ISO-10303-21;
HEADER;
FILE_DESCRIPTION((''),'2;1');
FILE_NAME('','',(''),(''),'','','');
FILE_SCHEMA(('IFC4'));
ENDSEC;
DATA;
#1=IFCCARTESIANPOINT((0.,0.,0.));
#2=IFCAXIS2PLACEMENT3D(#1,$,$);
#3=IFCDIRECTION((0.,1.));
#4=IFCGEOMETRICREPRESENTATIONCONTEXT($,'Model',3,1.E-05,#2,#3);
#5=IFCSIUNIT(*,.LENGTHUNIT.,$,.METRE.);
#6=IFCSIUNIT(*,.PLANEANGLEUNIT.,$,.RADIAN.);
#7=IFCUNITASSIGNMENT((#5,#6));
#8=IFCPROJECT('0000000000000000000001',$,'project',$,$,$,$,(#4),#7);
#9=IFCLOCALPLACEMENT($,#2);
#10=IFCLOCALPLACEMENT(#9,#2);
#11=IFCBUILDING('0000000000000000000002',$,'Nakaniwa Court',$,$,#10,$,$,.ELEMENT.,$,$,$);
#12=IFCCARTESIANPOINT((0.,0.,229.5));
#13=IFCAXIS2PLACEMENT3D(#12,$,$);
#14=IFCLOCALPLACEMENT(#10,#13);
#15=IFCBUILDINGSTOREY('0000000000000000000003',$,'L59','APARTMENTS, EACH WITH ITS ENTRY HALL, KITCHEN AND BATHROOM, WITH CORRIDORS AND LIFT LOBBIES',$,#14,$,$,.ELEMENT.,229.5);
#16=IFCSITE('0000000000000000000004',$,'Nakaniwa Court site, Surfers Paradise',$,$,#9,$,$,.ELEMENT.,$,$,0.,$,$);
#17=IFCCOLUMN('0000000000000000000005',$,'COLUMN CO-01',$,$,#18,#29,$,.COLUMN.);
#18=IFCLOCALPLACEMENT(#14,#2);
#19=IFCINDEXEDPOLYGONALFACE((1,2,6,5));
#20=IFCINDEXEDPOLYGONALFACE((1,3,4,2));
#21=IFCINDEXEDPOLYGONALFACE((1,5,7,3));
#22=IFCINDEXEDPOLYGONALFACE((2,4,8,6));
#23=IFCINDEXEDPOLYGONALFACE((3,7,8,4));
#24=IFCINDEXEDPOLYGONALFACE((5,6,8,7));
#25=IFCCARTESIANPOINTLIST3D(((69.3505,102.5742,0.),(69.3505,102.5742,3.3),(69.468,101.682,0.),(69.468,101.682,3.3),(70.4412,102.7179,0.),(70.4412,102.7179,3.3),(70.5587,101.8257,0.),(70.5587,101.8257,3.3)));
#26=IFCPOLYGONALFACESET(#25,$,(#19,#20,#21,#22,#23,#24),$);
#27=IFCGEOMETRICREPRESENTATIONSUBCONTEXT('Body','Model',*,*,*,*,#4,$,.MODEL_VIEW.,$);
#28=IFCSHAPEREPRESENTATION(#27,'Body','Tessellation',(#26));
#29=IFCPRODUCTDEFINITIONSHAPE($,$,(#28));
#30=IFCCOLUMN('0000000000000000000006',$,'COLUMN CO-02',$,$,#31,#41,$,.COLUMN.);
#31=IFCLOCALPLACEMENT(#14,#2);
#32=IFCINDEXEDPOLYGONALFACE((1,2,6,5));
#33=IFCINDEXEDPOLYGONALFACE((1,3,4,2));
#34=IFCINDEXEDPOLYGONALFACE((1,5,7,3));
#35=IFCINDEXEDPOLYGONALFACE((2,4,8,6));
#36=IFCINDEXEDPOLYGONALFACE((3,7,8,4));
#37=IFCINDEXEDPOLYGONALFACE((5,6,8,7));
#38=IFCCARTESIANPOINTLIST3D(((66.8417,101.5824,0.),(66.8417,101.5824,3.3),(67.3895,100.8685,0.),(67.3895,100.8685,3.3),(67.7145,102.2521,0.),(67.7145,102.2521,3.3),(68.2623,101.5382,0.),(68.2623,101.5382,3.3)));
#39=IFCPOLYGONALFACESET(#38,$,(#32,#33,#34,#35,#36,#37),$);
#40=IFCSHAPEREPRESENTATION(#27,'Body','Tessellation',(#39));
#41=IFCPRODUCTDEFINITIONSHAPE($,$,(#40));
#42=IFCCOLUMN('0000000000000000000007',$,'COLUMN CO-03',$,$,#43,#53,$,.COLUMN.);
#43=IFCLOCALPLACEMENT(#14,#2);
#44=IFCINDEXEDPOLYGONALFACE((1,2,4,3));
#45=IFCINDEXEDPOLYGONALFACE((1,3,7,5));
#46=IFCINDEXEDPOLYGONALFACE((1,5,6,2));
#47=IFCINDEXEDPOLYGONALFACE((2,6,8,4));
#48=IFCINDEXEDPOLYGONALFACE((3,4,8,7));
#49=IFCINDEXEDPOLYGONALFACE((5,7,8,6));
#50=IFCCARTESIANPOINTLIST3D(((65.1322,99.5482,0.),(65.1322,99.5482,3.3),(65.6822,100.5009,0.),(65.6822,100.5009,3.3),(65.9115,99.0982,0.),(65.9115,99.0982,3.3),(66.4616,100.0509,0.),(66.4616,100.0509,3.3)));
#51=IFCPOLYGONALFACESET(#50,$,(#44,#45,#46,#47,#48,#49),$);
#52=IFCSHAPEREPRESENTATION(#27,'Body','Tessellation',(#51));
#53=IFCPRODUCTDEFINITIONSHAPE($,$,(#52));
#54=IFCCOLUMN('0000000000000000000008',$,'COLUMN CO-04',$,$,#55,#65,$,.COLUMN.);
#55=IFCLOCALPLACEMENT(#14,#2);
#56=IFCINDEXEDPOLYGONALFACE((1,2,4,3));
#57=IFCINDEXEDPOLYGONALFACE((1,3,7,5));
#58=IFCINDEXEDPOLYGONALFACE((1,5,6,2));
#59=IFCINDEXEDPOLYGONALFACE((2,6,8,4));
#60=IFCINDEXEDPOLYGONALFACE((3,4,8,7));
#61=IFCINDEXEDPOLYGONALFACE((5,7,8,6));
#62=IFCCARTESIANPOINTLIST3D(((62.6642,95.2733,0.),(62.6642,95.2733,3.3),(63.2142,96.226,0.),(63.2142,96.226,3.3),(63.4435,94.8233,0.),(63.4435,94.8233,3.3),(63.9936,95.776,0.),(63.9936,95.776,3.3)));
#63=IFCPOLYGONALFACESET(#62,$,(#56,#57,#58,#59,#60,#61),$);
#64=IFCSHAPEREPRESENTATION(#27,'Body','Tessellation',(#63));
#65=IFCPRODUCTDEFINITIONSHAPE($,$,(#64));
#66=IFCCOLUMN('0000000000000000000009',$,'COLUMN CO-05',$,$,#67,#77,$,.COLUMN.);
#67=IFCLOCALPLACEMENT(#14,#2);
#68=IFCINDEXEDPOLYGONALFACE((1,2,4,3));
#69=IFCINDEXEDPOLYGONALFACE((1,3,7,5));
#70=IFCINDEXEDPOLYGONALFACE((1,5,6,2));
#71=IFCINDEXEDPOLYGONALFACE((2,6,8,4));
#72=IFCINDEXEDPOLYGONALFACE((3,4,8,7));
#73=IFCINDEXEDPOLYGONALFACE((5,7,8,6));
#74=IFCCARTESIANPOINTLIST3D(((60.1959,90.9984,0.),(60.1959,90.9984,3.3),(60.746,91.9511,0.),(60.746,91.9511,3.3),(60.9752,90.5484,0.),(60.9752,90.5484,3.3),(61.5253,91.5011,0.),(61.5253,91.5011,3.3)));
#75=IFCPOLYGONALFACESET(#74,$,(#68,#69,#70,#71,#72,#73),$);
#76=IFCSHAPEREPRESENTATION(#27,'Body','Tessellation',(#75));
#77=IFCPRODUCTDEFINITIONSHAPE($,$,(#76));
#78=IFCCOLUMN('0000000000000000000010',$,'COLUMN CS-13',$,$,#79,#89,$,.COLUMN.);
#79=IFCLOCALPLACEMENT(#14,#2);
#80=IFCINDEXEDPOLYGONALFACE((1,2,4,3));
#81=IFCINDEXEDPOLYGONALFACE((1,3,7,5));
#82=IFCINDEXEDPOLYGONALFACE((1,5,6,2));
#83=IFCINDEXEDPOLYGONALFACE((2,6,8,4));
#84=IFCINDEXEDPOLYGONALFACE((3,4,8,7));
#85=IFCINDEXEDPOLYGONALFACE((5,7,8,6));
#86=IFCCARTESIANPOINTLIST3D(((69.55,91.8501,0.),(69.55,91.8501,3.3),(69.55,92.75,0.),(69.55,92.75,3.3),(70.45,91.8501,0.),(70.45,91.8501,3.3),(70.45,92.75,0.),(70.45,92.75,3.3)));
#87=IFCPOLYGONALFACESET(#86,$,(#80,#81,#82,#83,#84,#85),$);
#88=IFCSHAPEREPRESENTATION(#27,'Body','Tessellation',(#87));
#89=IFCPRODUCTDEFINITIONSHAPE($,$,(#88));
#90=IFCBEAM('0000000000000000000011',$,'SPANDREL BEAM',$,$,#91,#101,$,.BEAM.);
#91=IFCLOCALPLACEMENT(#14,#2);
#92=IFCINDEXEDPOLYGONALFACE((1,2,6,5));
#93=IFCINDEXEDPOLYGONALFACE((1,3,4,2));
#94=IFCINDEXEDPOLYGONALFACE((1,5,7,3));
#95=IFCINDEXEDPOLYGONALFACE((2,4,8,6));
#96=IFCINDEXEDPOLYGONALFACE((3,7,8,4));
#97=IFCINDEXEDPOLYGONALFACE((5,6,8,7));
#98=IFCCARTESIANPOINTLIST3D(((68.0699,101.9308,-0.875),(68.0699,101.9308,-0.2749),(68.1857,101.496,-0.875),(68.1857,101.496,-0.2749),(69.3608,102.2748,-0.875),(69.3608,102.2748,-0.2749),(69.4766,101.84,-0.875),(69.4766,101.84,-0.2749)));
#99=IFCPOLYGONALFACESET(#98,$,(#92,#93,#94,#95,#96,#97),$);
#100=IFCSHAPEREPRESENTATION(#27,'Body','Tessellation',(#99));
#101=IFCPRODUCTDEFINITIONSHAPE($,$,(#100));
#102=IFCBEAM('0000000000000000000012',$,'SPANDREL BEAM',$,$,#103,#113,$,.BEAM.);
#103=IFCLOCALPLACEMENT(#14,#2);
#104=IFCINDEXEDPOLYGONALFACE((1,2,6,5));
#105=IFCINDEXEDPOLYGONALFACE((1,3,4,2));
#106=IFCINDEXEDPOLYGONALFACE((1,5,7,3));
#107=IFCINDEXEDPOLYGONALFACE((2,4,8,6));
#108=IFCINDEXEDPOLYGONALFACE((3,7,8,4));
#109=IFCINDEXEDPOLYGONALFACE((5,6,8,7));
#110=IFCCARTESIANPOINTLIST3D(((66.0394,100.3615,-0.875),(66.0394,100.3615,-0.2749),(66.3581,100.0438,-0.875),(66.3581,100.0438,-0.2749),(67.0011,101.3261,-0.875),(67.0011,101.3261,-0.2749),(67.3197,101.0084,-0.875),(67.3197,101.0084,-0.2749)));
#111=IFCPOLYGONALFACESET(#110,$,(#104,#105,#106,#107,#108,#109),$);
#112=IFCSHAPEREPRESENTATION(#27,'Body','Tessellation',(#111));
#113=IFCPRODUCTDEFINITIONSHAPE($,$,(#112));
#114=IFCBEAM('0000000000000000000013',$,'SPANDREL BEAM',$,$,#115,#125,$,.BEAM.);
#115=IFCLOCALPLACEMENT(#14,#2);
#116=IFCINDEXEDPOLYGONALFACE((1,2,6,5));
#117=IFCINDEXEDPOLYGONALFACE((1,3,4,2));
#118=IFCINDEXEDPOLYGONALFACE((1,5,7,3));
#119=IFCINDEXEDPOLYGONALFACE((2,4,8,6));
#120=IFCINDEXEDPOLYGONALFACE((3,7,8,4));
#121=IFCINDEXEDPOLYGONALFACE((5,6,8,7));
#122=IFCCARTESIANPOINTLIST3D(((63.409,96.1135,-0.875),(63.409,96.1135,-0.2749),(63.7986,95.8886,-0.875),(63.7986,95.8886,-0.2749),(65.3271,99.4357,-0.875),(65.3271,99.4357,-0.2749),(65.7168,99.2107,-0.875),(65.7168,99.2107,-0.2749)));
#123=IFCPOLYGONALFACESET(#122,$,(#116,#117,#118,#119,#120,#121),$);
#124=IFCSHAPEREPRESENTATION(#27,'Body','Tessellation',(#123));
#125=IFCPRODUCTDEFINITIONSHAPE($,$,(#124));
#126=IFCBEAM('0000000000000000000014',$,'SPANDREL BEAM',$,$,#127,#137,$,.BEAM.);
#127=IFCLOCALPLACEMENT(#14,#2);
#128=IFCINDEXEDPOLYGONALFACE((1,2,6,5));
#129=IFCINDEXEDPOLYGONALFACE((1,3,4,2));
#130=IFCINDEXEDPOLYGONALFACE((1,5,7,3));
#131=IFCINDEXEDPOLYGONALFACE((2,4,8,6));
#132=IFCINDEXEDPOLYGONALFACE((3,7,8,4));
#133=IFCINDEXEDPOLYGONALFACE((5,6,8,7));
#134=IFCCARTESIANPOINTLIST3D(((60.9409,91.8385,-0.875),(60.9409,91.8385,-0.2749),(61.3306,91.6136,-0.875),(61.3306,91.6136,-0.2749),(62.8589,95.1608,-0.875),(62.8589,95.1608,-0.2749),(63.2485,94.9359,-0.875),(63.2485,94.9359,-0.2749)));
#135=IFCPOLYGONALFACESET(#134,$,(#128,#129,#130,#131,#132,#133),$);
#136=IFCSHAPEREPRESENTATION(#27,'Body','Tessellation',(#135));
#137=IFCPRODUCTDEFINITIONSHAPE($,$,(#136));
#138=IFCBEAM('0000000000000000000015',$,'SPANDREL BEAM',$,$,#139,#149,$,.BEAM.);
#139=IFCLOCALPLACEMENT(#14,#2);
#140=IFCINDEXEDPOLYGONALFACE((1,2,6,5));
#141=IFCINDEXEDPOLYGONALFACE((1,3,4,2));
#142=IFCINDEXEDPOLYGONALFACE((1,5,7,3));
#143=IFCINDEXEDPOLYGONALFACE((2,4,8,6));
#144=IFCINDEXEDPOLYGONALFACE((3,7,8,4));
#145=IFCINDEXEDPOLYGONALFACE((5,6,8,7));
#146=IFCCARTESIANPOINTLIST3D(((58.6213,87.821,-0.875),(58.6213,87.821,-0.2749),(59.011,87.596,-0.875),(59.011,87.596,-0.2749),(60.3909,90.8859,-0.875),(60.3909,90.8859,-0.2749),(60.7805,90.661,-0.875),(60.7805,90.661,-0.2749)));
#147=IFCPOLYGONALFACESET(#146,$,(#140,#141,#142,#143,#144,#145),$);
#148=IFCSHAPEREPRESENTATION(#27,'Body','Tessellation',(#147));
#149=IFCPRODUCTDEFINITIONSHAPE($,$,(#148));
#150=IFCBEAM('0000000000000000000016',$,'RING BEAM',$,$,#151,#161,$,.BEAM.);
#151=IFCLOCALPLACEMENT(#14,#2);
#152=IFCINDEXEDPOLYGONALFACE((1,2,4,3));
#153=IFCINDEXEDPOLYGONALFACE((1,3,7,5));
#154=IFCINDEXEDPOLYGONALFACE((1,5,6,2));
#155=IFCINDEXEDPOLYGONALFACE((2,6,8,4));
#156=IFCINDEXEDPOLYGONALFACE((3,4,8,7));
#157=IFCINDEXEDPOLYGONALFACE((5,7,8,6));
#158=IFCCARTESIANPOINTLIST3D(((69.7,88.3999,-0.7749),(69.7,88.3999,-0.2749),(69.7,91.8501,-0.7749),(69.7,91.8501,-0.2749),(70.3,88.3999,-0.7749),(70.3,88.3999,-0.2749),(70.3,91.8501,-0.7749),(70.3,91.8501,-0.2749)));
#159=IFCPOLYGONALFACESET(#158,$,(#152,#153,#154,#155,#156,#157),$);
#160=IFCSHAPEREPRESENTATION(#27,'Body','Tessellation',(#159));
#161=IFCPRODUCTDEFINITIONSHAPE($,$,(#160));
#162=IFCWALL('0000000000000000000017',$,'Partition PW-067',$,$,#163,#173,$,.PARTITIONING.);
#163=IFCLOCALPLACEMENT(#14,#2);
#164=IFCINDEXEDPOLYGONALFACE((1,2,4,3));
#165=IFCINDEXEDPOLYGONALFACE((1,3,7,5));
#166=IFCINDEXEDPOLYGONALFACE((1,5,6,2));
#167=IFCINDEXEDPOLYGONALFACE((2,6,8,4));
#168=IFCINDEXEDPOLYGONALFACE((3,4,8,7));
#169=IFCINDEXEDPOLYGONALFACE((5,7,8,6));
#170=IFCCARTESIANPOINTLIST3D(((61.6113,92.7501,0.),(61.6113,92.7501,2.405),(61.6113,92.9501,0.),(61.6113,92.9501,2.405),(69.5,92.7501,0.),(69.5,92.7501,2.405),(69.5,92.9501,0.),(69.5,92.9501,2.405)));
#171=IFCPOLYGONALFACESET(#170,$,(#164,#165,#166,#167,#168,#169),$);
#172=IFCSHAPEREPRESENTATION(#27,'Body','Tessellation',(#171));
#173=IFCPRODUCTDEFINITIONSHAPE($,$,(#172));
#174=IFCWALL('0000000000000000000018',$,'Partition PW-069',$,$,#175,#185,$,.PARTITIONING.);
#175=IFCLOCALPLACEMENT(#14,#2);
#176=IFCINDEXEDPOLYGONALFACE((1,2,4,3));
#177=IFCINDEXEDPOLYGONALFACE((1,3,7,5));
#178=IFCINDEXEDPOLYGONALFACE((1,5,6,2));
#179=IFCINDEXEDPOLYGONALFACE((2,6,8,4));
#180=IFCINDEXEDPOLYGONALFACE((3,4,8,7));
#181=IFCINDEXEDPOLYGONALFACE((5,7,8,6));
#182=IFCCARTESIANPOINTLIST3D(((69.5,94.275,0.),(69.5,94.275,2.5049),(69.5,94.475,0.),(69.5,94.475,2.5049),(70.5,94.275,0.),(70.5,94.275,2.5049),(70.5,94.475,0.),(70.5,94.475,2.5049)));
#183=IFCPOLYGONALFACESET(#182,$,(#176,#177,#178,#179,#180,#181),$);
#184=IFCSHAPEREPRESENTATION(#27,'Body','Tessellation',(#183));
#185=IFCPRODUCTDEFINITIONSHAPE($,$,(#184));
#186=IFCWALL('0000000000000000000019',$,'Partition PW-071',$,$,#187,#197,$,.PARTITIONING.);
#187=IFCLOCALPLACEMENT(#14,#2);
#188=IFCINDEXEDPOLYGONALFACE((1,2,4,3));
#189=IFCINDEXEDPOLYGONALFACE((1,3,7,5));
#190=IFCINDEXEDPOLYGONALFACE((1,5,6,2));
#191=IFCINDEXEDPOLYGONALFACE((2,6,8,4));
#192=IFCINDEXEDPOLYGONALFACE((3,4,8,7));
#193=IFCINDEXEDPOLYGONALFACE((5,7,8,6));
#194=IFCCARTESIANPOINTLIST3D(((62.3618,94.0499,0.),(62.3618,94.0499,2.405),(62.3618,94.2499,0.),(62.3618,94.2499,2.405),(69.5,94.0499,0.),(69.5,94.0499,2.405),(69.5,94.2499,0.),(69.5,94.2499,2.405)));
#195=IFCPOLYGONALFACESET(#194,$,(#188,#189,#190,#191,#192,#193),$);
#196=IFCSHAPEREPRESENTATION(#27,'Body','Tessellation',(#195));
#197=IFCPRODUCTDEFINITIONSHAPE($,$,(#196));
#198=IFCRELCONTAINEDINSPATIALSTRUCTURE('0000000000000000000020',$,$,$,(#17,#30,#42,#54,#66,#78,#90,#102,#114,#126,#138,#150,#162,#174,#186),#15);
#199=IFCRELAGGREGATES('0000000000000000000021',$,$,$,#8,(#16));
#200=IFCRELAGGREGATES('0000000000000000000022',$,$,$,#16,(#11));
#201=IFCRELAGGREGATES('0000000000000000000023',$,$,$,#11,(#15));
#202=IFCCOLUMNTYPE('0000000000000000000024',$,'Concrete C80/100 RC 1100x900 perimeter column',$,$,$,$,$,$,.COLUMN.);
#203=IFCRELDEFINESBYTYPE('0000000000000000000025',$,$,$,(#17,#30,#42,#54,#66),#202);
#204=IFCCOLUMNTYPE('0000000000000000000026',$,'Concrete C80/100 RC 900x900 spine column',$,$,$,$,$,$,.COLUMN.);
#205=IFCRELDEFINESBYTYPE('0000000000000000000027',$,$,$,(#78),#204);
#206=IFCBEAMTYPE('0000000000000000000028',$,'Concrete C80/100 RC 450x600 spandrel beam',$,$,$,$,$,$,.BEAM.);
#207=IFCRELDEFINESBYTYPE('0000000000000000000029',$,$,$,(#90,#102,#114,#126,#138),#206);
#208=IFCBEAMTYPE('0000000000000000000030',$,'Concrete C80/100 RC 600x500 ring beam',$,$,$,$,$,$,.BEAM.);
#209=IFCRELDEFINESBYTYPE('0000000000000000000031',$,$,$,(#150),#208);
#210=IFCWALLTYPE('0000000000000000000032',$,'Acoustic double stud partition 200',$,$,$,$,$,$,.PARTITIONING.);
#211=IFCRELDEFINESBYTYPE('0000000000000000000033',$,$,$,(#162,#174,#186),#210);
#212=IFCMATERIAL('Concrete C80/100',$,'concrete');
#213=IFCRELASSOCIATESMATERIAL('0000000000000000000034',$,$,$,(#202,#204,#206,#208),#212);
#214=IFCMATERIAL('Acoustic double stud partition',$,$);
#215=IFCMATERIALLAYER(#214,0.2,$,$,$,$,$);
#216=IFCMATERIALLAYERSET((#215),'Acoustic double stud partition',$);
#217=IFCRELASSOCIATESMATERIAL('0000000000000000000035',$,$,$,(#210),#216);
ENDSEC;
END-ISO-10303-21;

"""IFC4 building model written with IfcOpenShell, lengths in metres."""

from ifc_helpers import new_model, si_unit, direction, frame, frame_2d, origin, origin_2d, place, context, subcontext, project, spatial, rectangle, extrude, material, layer, layer_set, material_profile, profile_set, type_object, element, save


model = new_model("IFC4")

# Units and contexts
model_context = context("Model", 3, precision=1e-05, world=origin(), true_north=direction((0.0, 1.0)))
body_context = subcontext(model_context, "Body", "Model", "MODEL_VIEW")
ifc_project = project(units=[si_unit("LENGTHUNIT", "METRE"), si_unit("PLANEANGLEUNIT", "RADIAN")], contexts=[model_context])

# Site, building, storey
site_placement = place(None, origin())
site = spatial("IfcSite", under=ifc_project, at=site_placement, Name="Nakaniwa Court site, Surfers Paradise", CompositionType="ELEMENT", RefElevation=0.0)
building_placement = place(site_placement, origin())
building = spatial("IfcBuilding", under=site, at=building_placement, Name="Nakaniwa Court", CompositionType="ELEMENT")
storey_placement = place(building_placement, frame((0.0, 0.0, 229.5)))
storey = spatial("IfcBuildingStorey", under=building, at=storey_placement, Name="L59", Description="APARTMENTS, EACH WITH ITS ENTRY HALL, KITCHEN AND BATHROOM, WITH CORRIDORS AND LIFT LOBBIES", CompositionType="ELEMENT", Elevation=229.5)

# Columns
ifc_material_1 = material(Name="Concrete C80/100", Category="concrete")
ifc_material_profile_1 = material_profile(ifc_material_1, rectangle(XDim=1.1001, YDim=0.8999, at=origin_2d()), Name="Concrete C80/100 RC 1100x900 perimeter column")
ifc_profile_set_1 = profile_set([ifc_material_profile_1], Name="Concrete C80/100")
column_type_1 = type_object("IfcColumnType", Name="Concrete C80/100 RC 1100x900 perimeter column", PredefinedType="COLUMN", material=ifc_profile_set_1)
for number, where, z_axis, x_axis, name in (
    (1, (69.9546, 102.2, 0.0), (0.0, 0.0, 1.0), (-0.991443, -0.130543, 0.0), "COLUMN CO-01"),
    (2, (67.552, 101.5603, 0.0), (0.0, 0.0, 1.0), (-0.793364, -0.608748, 0.0), "COLUMN CO-02"),
    (3, (65.7969, 99.7996, 0.0), (0.0, 0.0, 1.0), (-0.5, -0.866025, 0.0), "COLUMN CO-03"),
    (4, (63.3289, 95.5247, 0.0), (0.0, 0.0, 1.0), (-0.5, -0.866025, 0.0), "COLUMN CO-04"),
    (5, (60.8606, 91.2498, 0.0), (0.0, 0.0, 1.0), (-0.5, -0.866025, 0.0), "COLUMN CO-05"),
):
    element("IfcColumn", number, at=place(storey_placement, frame(where, z_axis=z_axis, x_axis=x_axis)), inside=storey, type_object=column_type_1, Name=name, PredefinedType="COLUMN", context=body_context, shape_type="SweptSolid", body=[
        extrude(rectangle(XDim=1.1001, YDim=0.8999, at=origin_2d()), origin(), (0.0, 0.0, 1.0), 3.3),
    ])
ifc_material_profile_2 = material_profile(ifc_material_1, rectangle(XDim=0.8999, YDim=0.8999, at=origin_2d()), Name="Concrete C80/100 RC 900x900 spine column")
ifc_profile_set_2 = profile_set([ifc_material_profile_2], Name="Concrete C80/100")
column_type_2 = type_object("IfcColumnType", Name="Concrete C80/100 RC 900x900 spine column", PredefinedType="COLUMN", material=ifc_profile_set_2)
column_placement = place(storey_placement, frame((70.0, 92.3, 0.0), z_axis=(0.0, 0.0, 1.0), x_axis=(0.0, -1.0, 0.0)))
element("IfcColumn", 6, at=column_placement, inside=storey, type_object=column_type_2, Name="COLUMN CS-13", PredefinedType="COLUMN", context=body_context, shape_type="SweptSolid", body=[
    extrude(rectangle(XDim=0.8999, YDim=0.8999, at=origin_2d()), origin(), (0.0, 0.0, 1.0), 3.3),
])

# Beams
ifc_material_profile_3 = material_profile(ifc_material_1, rectangle(XDim=0.45, YDim=0.6001, at=origin_2d()), Name="Concrete C80/100 RC 450x600 spandrel beam")
ifc_profile_set_3 = profile_set([ifc_material_profile_3], Name="Concrete C80/100")
beam_type_1 = type_object("IfcBeamType", Name="Concrete C80/100 RC 450x600 spandrel beam", PredefinedType="BEAM", material=ifc_profile_set_3)
beam_1_placement = place(storey_placement, frame((69.4187, 102.0574, -0.575), z_axis=(-0.966286, -0.257469, 0.0), x_axis=(0.257469, -0.966286, 0.0)))
element("IfcBeam", 7, at=beam_1_placement, inside=storey, type_object=beam_type_1, Name="SPANDREL BEAM", PredefinedType="BEAM", context=body_context, shape_type="SweptSolid", body=[
    extrude(rectangle(XDim=0.45, YDim=0.6001, at=origin_2d()), origin(), (0.0, 0.0, 1.0), 1.3359),
])
beam_2_placement = place(storey_placement, frame((67.1604, 101.1672, -0.575), z_axis=(-0.706031, -0.708181, 0.0), x_axis=(0.708181, -0.706031, 0.0)))
element("IfcBeam", 8, at=beam_2_placement, inside=storey, type_object=beam_type_1, Name="SPANDREL BEAM", PredefinedType="BEAM", context=body_context, shape_type="SweptSolid", body=[
    extrude(rectangle(XDim=0.45, YDim=0.6001, at=origin_2d()), origin(), (0.0, 0.0, 1.0), 1.3621),
])
for number, where, z_axis, x_axis, name in (
    (9, (65.522, 99.3232, -0.575), (-0.50002, -0.866014, 0.0), (0.866014, -0.50002, 0.0), "SPANDREL BEAM"),
    (10, (63.0537, 95.0483, -0.575), (-0.499972, -0.866041, 0.0), (0.866041, -0.499972, 0.0), "SPANDREL BEAM"),
):
    element("IfcBeam", number, at=place(storey_placement, frame(where, z_axis=z_axis, x_axis=x_axis)), inside=storey, type_object=beam_type_1, Name=name, PredefinedType="BEAM", context=body_context, shape_type="SweptSolid", body=[
        extrude(rectangle(XDim=0.45, YDim=0.6001, at=origin_2d()), origin(), (0.0, 0.0, 1.0), 3.8362),
    ])
beam_3_placement = place(storey_placement, frame((60.5857, 90.7734, -0.575), z_axis=(-0.499997, -0.866027, 0.0), x_axis=(0.866027, -0.499997, 0.0)))
element("IfcBeam", 11, at=beam_3_placement, inside=storey, type_object=beam_type_1, Name="SPANDREL BEAM", PredefinedType="BEAM", context=body_context, shape_type="SweptSolid", body=[
    extrude(rectangle(XDim=0.45, YDim=0.6001, at=origin_2d()), origin(), (0.0, 0.0, 1.0), 3.5391),
])
ifc_material_profile_4 = material_profile(ifc_material_1, rectangle(XDim=0.6001, YDim=0.5, at=origin_2d()), Name="Concrete C80/100 RC 600x500 ring beam")
ifc_profile_set_4 = profile_set([ifc_material_profile_4], Name="Concrete C80/100")
beam_type_2 = type_object("IfcBeamType", Name="Concrete C80/100 RC 600x500 ring beam", PredefinedType="BEAM", material=ifc_profile_set_4)
beam_4_placement = place(storey_placement, frame((70.0, 91.8501, -0.5249), z_axis=(0.0, -1.0, 0.0), x_axis=(1.0, 0.0, 0.0)))
element("IfcBeam", 12, at=beam_4_placement, inside=storey, type_object=beam_type_2, Name="RING BEAM", PredefinedType="BEAM", context=body_context, shape_type="SweptSolid", body=[
    extrude(rectangle(XDim=0.6001, YDim=0.5, at=origin_2d()), origin(), (0.0, 0.0, 1.0), 3.4502),
])

# Walls
ifc_material_2 = material(Name="Acoustic double stud partition")
ifc_layer_1 = layer(ifc_material_2, 0.2)
ifc_layer_set_1 = layer_set([ifc_layer_1], Name="Acoustic double stud partition")
wall_type_1 = type_object("IfcWallType", Name="Acoustic double stud partition 200", PredefinedType="PARTITIONING", material=ifc_layer_set_1)
wall_1_placement = place(storey_placement, frame((61.6113, 92.8501, 0.0), z_axis=(0.0, 0.0, 1.0), x_axis=(1.0, 0.0, 0.0)))
element("IfcWall", 13, at=wall_1_placement, inside=storey, type_object=wall_type_1, Name="Partition PW-067", PredefinedType="PARTITIONING", context=body_context, shape_type="SweptSolid", body=[
    extrude(rectangle(XDim=7.8887, YDim=0.2, at=frame_2d((3.9443, 0.0))), origin(), (0.0, 0.0, 1.0), 2.405),
])
wall_2_placement = place(storey_placement, frame((69.5, 94.375, 0.0), z_axis=(0.0, 0.0, 1.0), x_axis=(1.0, 0.0, 0.0)))
element("IfcWall", 14, at=wall_2_placement, inside=storey, type_object=wall_type_1, Name="Partition PW-069", PredefinedType="PARTITIONING", context=body_context, shape_type="SweptSolid", body=[
    extrude(rectangle(XDim=1.0, YDim=0.2, at=frame_2d((0.5, 0.0))), origin(), (0.0, 0.0, 1.0), 2.5049),
])
wall_3_placement = place(storey_placement, frame((62.3618, 94.1499, 0.0), z_axis=(0.0, 0.0, 1.0), x_axis=(1.0, 0.0, 0.0)))
element("IfcWall", 15, at=wall_3_placement, inside=storey, type_object=wall_type_1, Name="Partition PW-071", PredefinedType="PARTITIONING", context=body_context, shape_type="SweptSolid", body=[
    extrude(rectangle(XDim=7.1382, YDim=0.2, at=frame_2d((3.5691, 0.0))), origin(), (0.0, 0.0, 1.0), 2.405),
])

save(model, "model.ifc")
